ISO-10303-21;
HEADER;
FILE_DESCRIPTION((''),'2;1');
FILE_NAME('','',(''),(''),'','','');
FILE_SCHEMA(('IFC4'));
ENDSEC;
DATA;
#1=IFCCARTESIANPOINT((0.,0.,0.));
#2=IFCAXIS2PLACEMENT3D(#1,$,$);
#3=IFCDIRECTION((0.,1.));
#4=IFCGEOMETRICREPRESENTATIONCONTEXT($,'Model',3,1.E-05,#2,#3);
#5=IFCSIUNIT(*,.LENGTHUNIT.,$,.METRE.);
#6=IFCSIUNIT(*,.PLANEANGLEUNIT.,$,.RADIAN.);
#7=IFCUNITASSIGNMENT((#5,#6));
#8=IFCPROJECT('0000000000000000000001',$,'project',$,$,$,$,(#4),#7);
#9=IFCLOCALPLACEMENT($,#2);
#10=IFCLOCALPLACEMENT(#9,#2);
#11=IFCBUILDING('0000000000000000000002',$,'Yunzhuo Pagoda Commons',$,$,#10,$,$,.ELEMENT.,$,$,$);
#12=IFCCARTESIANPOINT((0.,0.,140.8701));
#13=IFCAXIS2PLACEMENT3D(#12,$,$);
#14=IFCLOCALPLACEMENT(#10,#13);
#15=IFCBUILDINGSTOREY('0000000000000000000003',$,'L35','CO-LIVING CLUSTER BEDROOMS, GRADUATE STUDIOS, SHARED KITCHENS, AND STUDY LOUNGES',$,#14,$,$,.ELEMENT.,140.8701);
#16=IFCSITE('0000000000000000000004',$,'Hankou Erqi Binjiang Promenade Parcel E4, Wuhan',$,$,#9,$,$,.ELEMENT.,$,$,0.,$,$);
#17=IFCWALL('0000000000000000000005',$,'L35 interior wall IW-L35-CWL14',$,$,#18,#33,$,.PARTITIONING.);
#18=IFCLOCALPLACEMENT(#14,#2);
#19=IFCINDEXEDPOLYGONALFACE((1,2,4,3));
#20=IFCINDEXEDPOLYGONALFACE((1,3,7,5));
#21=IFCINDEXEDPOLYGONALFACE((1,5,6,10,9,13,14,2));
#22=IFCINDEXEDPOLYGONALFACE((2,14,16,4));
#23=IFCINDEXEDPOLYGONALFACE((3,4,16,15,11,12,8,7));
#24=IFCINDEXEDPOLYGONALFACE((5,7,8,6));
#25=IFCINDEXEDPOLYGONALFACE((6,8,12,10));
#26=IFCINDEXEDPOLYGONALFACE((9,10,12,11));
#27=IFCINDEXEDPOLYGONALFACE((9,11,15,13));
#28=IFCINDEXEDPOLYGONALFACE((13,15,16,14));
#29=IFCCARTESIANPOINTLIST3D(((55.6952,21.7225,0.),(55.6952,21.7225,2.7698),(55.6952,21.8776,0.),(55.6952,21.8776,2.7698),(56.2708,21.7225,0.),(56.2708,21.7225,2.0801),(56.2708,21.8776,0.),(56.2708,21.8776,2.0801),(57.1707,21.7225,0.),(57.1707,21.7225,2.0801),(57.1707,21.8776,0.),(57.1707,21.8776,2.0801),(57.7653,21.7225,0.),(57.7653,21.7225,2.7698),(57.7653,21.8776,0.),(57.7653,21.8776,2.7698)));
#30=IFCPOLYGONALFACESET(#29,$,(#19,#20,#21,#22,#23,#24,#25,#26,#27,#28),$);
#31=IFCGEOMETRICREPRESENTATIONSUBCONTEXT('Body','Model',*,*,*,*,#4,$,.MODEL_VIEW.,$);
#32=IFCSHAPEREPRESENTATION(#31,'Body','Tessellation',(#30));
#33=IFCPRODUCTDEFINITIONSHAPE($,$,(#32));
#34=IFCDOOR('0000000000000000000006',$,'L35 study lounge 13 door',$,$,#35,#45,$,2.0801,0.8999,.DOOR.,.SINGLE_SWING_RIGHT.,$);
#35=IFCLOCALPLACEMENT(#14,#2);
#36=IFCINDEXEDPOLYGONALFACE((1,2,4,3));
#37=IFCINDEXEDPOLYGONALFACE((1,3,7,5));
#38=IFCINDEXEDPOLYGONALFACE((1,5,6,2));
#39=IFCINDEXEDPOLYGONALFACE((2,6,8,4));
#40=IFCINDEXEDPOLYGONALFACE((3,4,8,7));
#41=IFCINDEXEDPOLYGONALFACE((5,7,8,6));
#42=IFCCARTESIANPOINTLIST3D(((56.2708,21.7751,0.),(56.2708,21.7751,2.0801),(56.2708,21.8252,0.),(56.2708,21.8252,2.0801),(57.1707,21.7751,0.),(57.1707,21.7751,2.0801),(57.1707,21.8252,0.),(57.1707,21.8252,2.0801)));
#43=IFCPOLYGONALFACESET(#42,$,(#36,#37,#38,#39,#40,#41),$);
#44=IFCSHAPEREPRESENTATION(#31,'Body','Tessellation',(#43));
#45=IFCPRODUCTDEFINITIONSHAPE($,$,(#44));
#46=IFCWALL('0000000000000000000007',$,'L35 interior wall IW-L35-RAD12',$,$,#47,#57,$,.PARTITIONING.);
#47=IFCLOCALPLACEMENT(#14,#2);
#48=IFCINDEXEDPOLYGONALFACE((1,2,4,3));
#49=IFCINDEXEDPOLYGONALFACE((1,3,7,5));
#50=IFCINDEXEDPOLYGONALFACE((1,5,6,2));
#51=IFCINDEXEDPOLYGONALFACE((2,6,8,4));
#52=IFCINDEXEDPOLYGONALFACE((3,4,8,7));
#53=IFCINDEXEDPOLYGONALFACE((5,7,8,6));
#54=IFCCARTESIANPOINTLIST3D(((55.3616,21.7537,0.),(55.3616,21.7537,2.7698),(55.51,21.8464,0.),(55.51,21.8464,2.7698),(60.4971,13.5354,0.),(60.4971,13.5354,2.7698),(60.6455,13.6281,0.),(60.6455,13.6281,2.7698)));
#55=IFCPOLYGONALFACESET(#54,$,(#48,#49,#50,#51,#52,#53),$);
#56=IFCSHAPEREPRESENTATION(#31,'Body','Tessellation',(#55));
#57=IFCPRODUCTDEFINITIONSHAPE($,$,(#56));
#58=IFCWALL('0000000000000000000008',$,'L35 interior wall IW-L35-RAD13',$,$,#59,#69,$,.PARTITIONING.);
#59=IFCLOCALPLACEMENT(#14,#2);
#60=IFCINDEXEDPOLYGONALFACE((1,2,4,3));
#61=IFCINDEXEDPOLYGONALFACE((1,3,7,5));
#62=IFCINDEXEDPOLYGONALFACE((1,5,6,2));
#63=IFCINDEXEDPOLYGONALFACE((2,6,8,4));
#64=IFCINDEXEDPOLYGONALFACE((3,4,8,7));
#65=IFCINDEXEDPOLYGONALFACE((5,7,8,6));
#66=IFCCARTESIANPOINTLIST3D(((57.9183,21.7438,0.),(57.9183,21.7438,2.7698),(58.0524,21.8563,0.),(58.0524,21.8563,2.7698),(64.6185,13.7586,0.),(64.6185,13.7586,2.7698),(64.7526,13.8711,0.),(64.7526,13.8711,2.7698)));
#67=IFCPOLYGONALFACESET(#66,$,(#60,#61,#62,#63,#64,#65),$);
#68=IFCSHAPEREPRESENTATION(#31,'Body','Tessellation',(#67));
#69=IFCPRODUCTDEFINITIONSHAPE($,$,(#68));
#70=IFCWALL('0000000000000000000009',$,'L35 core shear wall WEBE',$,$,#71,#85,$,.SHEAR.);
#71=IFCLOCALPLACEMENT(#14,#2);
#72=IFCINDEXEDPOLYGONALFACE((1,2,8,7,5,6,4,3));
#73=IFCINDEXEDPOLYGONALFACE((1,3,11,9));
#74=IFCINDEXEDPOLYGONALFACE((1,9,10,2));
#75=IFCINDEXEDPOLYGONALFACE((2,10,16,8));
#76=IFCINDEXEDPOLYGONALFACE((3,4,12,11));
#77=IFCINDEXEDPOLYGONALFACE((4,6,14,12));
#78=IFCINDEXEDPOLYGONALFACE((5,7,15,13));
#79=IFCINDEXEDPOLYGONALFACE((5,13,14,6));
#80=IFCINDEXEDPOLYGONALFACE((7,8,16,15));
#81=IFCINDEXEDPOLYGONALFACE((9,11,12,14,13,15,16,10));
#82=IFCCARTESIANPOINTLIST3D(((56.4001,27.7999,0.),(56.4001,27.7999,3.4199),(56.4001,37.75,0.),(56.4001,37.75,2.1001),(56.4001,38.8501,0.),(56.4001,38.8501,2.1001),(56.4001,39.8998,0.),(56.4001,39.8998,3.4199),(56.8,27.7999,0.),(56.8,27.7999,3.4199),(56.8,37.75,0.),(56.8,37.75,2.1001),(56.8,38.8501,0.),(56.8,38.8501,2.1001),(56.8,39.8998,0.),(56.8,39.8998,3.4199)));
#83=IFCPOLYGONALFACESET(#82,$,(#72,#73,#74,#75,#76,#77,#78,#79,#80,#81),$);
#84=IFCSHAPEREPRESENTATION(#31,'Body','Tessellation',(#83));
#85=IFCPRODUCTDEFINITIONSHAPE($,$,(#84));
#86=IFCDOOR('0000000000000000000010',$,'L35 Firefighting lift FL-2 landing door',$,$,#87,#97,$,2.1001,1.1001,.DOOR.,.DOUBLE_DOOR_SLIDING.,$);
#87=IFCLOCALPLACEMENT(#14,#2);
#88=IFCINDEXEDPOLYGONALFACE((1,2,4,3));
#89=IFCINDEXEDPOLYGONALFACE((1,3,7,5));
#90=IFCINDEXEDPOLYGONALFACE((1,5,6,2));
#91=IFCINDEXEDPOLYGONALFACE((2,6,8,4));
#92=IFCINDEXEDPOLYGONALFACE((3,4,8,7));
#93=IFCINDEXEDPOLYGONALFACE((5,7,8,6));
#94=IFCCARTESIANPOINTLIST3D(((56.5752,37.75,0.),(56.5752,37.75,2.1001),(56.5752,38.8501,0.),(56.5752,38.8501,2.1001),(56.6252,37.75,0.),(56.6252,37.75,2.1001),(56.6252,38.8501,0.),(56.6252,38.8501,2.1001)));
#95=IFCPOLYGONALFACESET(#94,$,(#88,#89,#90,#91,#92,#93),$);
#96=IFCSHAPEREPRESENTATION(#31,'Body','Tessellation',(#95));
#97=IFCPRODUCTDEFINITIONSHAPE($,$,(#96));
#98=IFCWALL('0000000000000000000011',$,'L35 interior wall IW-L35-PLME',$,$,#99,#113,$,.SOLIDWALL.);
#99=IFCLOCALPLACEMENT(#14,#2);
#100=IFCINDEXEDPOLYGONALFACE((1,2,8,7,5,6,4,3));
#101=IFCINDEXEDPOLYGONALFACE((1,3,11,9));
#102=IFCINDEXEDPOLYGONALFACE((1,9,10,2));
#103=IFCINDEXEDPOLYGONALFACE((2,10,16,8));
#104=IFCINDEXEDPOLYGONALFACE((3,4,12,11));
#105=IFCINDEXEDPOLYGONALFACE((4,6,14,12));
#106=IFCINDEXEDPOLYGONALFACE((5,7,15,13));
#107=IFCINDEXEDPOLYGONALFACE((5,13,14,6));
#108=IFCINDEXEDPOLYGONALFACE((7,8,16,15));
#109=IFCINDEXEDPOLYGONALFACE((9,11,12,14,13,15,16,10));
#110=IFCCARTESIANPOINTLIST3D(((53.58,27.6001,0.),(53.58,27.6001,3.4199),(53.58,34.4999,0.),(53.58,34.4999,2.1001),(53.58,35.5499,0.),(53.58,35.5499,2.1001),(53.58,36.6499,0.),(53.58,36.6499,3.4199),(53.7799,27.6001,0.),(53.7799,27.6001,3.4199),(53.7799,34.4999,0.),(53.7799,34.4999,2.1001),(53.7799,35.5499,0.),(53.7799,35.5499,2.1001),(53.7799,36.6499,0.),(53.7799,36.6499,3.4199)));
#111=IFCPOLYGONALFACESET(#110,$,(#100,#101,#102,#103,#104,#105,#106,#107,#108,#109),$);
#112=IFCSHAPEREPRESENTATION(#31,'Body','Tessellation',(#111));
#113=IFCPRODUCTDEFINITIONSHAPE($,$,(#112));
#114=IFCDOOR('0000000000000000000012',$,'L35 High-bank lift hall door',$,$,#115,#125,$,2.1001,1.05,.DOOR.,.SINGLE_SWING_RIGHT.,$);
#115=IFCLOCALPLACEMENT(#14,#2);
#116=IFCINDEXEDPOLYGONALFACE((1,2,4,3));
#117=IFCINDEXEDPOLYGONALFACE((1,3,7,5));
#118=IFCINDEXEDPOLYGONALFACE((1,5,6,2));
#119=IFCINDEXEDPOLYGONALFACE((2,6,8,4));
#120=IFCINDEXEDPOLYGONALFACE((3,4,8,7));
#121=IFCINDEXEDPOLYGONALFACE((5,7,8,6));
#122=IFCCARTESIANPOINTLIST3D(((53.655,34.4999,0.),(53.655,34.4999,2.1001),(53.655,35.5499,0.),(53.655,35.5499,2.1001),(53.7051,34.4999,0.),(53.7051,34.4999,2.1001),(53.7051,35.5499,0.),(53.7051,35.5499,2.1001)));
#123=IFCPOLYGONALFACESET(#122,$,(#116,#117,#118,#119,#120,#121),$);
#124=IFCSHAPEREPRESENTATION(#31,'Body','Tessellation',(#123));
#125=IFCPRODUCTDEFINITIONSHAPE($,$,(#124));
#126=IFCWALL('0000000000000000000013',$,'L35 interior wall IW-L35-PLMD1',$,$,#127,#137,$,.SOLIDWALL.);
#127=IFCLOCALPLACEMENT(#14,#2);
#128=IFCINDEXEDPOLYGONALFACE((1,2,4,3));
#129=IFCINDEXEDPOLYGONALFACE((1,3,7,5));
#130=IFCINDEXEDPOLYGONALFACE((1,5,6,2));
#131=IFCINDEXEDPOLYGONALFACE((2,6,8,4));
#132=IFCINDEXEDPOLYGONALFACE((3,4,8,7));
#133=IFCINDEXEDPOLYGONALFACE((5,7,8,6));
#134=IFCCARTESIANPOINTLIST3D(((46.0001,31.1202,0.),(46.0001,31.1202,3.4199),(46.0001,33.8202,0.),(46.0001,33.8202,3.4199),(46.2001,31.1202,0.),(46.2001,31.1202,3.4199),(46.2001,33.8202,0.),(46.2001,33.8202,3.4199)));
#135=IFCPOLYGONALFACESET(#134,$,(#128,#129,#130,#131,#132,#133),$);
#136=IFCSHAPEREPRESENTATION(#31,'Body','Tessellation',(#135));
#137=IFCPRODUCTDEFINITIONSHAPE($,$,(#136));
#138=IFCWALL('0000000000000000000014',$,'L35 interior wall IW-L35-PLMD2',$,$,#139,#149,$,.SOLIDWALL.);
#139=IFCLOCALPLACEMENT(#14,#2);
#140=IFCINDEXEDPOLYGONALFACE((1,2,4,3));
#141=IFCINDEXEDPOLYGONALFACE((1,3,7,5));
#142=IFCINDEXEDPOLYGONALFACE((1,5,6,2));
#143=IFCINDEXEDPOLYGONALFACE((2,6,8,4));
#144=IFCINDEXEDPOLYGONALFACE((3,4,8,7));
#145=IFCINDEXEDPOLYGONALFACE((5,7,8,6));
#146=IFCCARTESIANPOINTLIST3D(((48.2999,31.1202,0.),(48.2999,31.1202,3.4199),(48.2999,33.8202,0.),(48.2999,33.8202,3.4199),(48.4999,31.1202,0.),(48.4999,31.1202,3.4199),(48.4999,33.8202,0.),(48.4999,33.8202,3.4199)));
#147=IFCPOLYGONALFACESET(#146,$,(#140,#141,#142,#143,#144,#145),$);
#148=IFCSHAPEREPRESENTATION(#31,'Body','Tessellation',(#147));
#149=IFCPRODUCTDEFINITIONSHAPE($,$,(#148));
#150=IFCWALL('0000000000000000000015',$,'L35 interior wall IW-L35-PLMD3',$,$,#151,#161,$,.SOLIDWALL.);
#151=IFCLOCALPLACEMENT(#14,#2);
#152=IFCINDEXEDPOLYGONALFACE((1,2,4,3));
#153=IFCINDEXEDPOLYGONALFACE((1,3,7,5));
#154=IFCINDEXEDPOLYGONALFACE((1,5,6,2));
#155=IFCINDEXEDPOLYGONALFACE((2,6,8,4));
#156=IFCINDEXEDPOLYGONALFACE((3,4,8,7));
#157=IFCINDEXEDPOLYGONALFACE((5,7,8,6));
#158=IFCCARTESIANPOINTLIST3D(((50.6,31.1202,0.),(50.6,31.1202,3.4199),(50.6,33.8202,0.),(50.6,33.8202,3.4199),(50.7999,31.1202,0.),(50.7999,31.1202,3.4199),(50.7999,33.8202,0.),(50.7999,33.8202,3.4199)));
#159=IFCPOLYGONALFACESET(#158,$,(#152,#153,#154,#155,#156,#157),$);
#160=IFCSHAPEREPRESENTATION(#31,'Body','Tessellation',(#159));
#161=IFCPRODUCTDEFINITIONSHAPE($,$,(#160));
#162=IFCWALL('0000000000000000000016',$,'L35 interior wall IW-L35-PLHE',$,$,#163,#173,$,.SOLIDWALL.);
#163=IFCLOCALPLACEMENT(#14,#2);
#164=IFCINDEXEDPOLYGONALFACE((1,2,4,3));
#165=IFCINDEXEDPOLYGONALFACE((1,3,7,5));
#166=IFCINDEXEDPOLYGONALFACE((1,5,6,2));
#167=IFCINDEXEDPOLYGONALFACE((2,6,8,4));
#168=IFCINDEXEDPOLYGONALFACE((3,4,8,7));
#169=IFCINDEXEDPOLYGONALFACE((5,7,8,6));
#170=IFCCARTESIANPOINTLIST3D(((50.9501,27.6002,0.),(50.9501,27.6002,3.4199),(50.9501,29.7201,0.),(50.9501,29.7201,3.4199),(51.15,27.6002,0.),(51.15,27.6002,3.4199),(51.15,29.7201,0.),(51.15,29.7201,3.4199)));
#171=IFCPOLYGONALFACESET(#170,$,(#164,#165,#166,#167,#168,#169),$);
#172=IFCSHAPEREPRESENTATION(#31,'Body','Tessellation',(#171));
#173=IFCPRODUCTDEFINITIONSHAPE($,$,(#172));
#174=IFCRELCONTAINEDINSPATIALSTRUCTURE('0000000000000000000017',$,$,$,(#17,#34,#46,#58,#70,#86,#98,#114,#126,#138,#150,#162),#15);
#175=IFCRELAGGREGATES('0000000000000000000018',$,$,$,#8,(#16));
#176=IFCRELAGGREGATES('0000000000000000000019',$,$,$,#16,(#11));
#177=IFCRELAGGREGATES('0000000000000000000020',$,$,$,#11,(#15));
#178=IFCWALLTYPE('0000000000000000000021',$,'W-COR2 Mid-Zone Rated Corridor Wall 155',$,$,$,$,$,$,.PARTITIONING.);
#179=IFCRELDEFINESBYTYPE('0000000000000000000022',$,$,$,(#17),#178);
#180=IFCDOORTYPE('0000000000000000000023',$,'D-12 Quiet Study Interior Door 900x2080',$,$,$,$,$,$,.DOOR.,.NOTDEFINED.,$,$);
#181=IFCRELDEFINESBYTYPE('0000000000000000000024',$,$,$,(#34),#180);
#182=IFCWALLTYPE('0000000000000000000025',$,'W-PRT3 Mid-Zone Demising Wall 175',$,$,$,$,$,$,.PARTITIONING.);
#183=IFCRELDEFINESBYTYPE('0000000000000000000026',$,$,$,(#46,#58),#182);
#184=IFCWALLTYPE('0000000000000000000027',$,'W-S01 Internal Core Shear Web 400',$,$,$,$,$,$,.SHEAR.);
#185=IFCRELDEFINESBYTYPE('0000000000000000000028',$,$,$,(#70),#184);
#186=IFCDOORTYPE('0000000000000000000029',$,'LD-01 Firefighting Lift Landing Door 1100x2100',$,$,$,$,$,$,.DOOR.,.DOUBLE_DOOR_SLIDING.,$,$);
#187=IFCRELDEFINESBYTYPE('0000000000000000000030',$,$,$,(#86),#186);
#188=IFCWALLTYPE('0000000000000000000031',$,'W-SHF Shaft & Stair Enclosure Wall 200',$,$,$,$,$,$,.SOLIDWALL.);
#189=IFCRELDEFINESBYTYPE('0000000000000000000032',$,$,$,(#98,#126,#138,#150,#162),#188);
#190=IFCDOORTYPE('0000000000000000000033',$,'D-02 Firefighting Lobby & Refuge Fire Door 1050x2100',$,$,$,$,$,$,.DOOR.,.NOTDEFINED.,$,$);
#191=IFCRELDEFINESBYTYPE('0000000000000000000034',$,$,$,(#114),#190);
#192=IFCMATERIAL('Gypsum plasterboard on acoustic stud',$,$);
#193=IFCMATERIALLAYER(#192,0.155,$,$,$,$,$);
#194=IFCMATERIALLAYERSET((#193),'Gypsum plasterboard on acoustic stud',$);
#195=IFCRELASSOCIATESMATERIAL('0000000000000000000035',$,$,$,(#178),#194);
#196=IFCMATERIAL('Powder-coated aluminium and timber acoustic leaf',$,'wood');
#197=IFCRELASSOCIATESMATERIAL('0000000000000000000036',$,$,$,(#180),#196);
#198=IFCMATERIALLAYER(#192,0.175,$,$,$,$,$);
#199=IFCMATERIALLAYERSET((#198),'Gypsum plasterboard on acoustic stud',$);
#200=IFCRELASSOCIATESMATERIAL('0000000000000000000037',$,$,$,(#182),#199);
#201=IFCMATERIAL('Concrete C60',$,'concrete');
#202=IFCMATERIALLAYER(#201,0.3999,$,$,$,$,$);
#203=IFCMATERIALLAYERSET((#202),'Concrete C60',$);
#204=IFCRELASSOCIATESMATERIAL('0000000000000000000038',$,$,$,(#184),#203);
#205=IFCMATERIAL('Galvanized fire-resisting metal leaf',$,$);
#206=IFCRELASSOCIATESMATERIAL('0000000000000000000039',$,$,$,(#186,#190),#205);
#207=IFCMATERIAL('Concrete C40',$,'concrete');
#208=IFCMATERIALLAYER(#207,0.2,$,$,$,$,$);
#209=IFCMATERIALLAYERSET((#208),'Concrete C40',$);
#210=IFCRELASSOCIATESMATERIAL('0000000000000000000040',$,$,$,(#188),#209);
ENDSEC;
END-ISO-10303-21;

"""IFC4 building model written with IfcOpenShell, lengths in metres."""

from ifc_helpers import new_model, si_unit, direction, frame, frame_2d, origin, origin_with_axes, place, context, subcontext, project, spatial, rectangle, extrude, source, transform, mapped, material, layer, layer_set, type_object, element, fill, save


model = new_model("IFC4")

# Units and contexts
model_context = context("Model", 3, precision=1e-05, world=origin(), true_north=direction((0.0, 1.0)))
body_context = subcontext(model_context, "Body", "Model", "MODEL_VIEW")
ifc_project = project(units=[si_unit("LENGTHUNIT", "METRE"), si_unit("PLANEANGLEUNIT", "RADIAN")], contexts=[model_context])

# Site, building, storey
site_placement = place(None, origin())
site = spatial("IfcSite", under=ifc_project, at=site_placement, Name="Hankou Erqi Binjiang Promenade Parcel E4, Wuhan", CompositionType="ELEMENT", RefElevation=0.0)
building_placement = place(site_placement, origin())
building = spatial("IfcBuilding", under=site, at=building_placement, Name="Yunzhuo Pagoda Commons", CompositionType="ELEMENT")
storey_placement = place(building_placement, frame((0.0, 0.0, 140.8701)))
storey = spatial("IfcBuildingStorey", under=building, at=storey_placement, Name="L35", Description="CO-LIVING CLUSTER BEDROOMS, GRADUATE STUDIOS, SHARED KITCHENS, AND STUDY LOUNGES", CompositionType="ELEMENT", Elevation=140.8701)

# Wall, opening, door
ifc_material_1 = material(Name="Gypsum plasterboard on acoustic stud")
ifc_layer_1 = layer(ifc_material_1, 0.155)
ifc_layer_set_1 = layer_set([ifc_layer_1], Name="Gypsum plasterboard on acoustic stud")
wall_type_1 = type_object("IfcWallType", Name="W-COR2 Mid-Zone Rated Corridor Wall 155", PredefinedType="PARTITIONING", material=ifc_layer_set_1)
ifc_material_2 = material(Name="Galvanized fire-resisting metal leaf")
wall_1_placement = place(storey_placement, frame((57.7654, 21.8, 0.0), z_axis=(0.0, 0.0, 1.0), x_axis=(-1.0, 0.0, 0.0)))
wall_1 = element("IfcWall", 1, at=wall_1_placement, inside=storey, type_object=wall_type_1, Name="L35 interior wall IW-L35-CWL14", PredefinedType="PARTITIONING", context=body_context, shape_type="SweptSolid", body=[
    extrude(rectangle(XDim=2.0701, YDim=0.155, at=frame_2d((1.0352, 0.0))), origin(), (0.0, 0.0, 1.0), 2.7698),
])
opening_1_placement = place(wall_1_placement, frame((0.5947, 0.0, 0.0)))
opening_1 = element("IfcOpeningElement", 2, at=opening_1_placement, cuts=wall_1, PredefinedType="OPENING", context=body_context, shape_type="SweptSolid", body=[
    extrude(rectangle(XDim=0.8999, YDim=2.0801, at=frame_2d((0.45, 1.04))), frame((0.0, 0.0874, 0.0), z_axis=(0.0, -1.0, 0.0), x_axis=(1.0, 0.0, 0.0)), (0.0, 0.0, 1.0), 0.175),
])
ifc_material_3 = material(Name="Powder-coated aluminium and timber acoustic leaf", Category="wood")
door_type_1 = type_object("IfcDoorType", Name="D-12 Quiet Study Interior Door 900x2080", OperationType="NOTDEFINED", PredefinedType="DOOR", material=ifc_material_3)
shared_shape_1 = source(origin(), body_context, "Body", "SweptSolid", [
    extrude(rectangle(XDim=0.8999, YDim=2.0801, at=frame_2d((0.45, 1.04))), frame((0.0, 0.0249, 0.0), z_axis=(0.0, -1.0, 0.0), x_axis=(1.0, 0.0, 0.0)), (0.0, 0.0, 1.0), 0.05),
])
door_1_placement = place(opening_1_placement, origin_with_axes())
door_1 = element("IfcDoor", 3, at=door_1_placement, inside=storey, type_object=door_type_1, Name="L35 study lounge 13 door", OperationType="SINGLE_SWING_RIGHT", OverallHeight=2.0801, OverallWidth=0.8999, PredefinedType="DOOR", context=body_context, shape_type="MappedRepresentation", body=[
    mapped(shared_shape_1, transform((0.0, 0.0, 0.0), scale=1.0)),
])
fill(opening_1, door_1)

# Walls
ifc_layer_2 = layer(ifc_material_1, 0.175)
ifc_layer_set_2 = layer_set([ifc_layer_2], Name="Gypsum plasterboard on acoustic stud")
wall_type_2 = type_object("IfcWallType", Name="W-PRT3 Mid-Zone Demising Wall 175", PredefinedType="PARTITIONING", material=ifc_layer_set_2)
wall_2_placement = place(storey_placement, frame((55.4358, 21.8, 0.0), z_axis=(0.0, 0.0, 1.0), x_axis=(0.529931, -0.848041, 0.0)))
element("IfcWall", 4, at=wall_2_placement, inside=storey, type_object=wall_type_2, Name="L35 interior wall IW-L35-RAD12", PredefinedType="PARTITIONING", context=body_context, shape_type="SweptSolid", body=[
    extrude(rectangle(XDim=9.6909, YDim=0.175, at=frame_2d((4.8455, 0.0))), origin(), (0.0, 0.0, 1.0), 2.7698),
])
wall_3_placement = place(storey_placement, frame((57.9854, 21.8, 0.0), z_axis=(0.0, 0.0, 1.0), x_axis=(0.642782, -0.766049, 0.0)))
element("IfcWall", 5, at=wall_3_placement, inside=storey, type_object=wall_type_2, Name="L35 interior wall IW-L35-RAD13", PredefinedType="PARTITIONING", context=body_context, shape_type="SweptSolid", body=[
    extrude(rectangle(XDim=10.4238, YDim=0.175, at=frame_2d((5.2119, 0.0))), origin(), (0.0, 0.0, 1.0), 2.7698),
])

# Walls, openings, doors
ifc_material_4 = material(Name="Concrete C60", Category="concrete")
ifc_layer_3 = layer(ifc_material_4, 0.3999)
ifc_layer_set_3 = layer_set([ifc_layer_3], Name="Concrete C60")
wall_type_3 = type_object("IfcWallType", Name="W-S01 Internal Core Shear Web 400", PredefinedType="SHEAR", material=ifc_layer_set_3)
wall_4_placement = place(storey_placement, frame((56.6001, 27.8, 0.0), z_axis=(0.0, 0.0, 1.0), x_axis=(0.0, 1.0, 0.0)))
wall_4 = element("IfcWall", 6, at=wall_4_placement, inside=storey, type_object=wall_type_3, Name="L35 core shear wall WEBE", PredefinedType="SHEAR", context=body_context, shape_type="SweptSolid", body=[
    extrude(rectangle(XDim=12.0999, YDim=0.3999, at=frame_2d((6.0498, 0.0))), origin(), (0.0, 0.0, 1.0), 3.4199),
])
opening_2_placement = place(wall_4_placement, frame((9.95, 0.0, 0.0)))
opening_2 = element("IfcOpeningElement", 7, at=opening_2_placement, cuts=wall_4, PredefinedType="OPENING", context=body_context, shape_type="SweptSolid", body=[
    extrude(rectangle(XDim=1.1001, YDim=2.1001, at=frame_2d((0.55, 1.05))), frame((0.0, 0.21, 0.0), z_axis=(0.0, -1.0, 0.0), x_axis=(1.0, 0.0, 0.0)), (0.0, 0.0, 1.0), 0.4199),
])
door_type_2 = type_object("IfcDoorType", Name="LD-01 Firefighting Lift Landing Door 1100x2100", OperationType="DOUBLE_DOOR_SLIDING", PredefinedType="DOOR", material=ifc_material_2)
shared_shape_2 = source(origin(), body_context, "Body", "SweptSolid", [
    extrude(rectangle(XDim=1.1001, YDim=2.1001, at=frame_2d((0.55, 1.05))), frame((0.0, 0.0249, 0.0), z_axis=(0.0, -1.0, 0.0), x_axis=(1.0, 0.0, 0.0)), (0.0, 0.0, 1.0), 0.05),
])
door_2_placement = place(opening_2_placement, origin_with_axes())
door_2 = element("IfcDoor", 8, at=door_2_placement, inside=storey, type_object=door_type_2, Name="L35 Firefighting lift FL-2 landing door", OperationType="DOUBLE_DOOR_SLIDING", OverallHeight=2.1001, OverallWidth=1.1001, PredefinedType="DOOR", context=body_context, shape_type="MappedRepresentation", body=[
    mapped(shared_shape_2, transform((0.0, 0.0, 0.0), scale=1.0)),
])
fill(opening_2, door_2)
ifc_material_5 = material(Name="Concrete C40", Category="concrete")
ifc_layer_4 = layer(ifc_material_5, 0.2)
ifc_layer_set_4 = layer_set([ifc_layer_4], Name="Concrete C40")
wall_type_4 = type_object("IfcWallType", Name="W-SHF Shaft & Stair Enclosure Wall 200", PredefinedType="SOLIDWALL", material=ifc_layer_set_4)
wall_5_placement = place(storey_placement, frame((53.6799, 27.6001, 0.0), z_axis=(0.0, 0.0, 1.0), x_axis=(0.0, 1.0, 0.0)))
wall_5 = element("IfcWall", 9, at=wall_5_placement, inside=storey, type_object=wall_type_4, Name="L35 interior wall IW-L35-PLME", PredefinedType="SOLIDWALL", context=body_context, shape_type="SweptSolid", body=[
    extrude(rectangle(XDim=9.0498, YDim=0.2, at=frame_2d((4.5249, 0.0))), origin(), (0.0, 0.0, 1.0), 3.4199),
])
opening_3_placement = place(wall_5_placement, frame((6.8999, 0.0, 0.0)))
opening_3 = element("IfcOpeningElement", 10, at=opening_3_placement, cuts=wall_5, PredefinedType="OPENING", context=body_context, shape_type="SweptSolid", body=[
    extrude(rectangle(XDim=1.05, YDim=2.1001, at=frame_2d((0.5249, 1.05))), frame((0.0, 0.1099, 0.0), z_axis=(0.0, -1.0, 0.0), x_axis=(1.0, 0.0, 0.0)), (0.0, 0.0, 1.0), 0.22),
])
door_type_3 = type_object("IfcDoorType", Name="D-02 Firefighting Lobby & Refuge Fire Door 1050x2100", OperationType="NOTDEFINED", PredefinedType="DOOR", material=ifc_material_2)
shared_shape_3 = source(origin(), body_context, "Body", "SweptSolid", [
    extrude(rectangle(XDim=1.05, YDim=2.1001, at=frame_2d((0.5249, 1.05))), frame((0.0, 0.0249, 0.0), z_axis=(0.0, -1.0, 0.0), x_axis=(1.0, 0.0, 0.0)), (0.0, 0.0, 1.0), 0.05),
])
door_3_placement = place(opening_3_placement, origin_with_axes())
door_3 = element("IfcDoor", 11, at=door_3_placement, inside=storey, type_object=door_type_3, Name="L35 High-bank lift hall door", OperationType="SINGLE_SWING_RIGHT", OverallHeight=2.1001, OverallWidth=1.05, PredefinedType="DOOR", context=body_context, shape_type="MappedRepresentation", body=[
    mapped(shared_shape_3, transform((0.0, 0.0, 0.0), scale=1.0)),
])
fill(opening_3, door_3)

# Walls
for number, where, z_axis, x_axis, name in (
    (12, (46.1001, 31.1201, 0.0), (0.0, 0.0, 1.0), (0.0, 1.0, 0.0), "L35 interior wall IW-L35-PLMD1"),
    (13, (48.3999, 31.1201, 0.0), (0.0, 0.0, 1.0), (0.0, 1.0, 0.0), "L35 interior wall IW-L35-PLMD2"),
    (14, (50.7, 31.1201, 0.0), (0.0, 0.0, 1.0), (0.0, 1.0, 0.0), "L35 interior wall IW-L35-PLMD3"),
):
    element("IfcWall", number, at=place(storey_placement, frame(where, z_axis=z_axis, x_axis=x_axis)), inside=storey, type_object=wall_type_4, Name=name, PredefinedType="SOLIDWALL", context=body_context, shape_type="SweptSolid", body=[
        extrude(rectangle(XDim=2.7, YDim=0.2, at=frame_2d((1.3501, 0.0))), origin(), (0.0, 0.0, 1.0), 3.4199),
    ])
for number, where, z_axis, x_axis, name in (
    (15, (51.05, 27.6001, 0.0), (0.0, 0.0, 1.0), (0.0, 1.0, 0.0), "L35 interior wall IW-L35-PLHE"),
):
    element("IfcWall", number, at=place(storey_placement, frame(where, z_axis=z_axis, x_axis=x_axis)), inside=storey, type_object=wall_type_4, Name=name, PredefinedType="SOLIDWALL", context=body_context, shape_type="SweptSolid", body=[
        extrude(rectangle(XDim=2.1199, YDim=0.2, at=frame_2d((1.0601, 0.0))), origin(), (0.0, 0.0, 1.0), 3.4199),
    ])

save(model, "model.ifc")
